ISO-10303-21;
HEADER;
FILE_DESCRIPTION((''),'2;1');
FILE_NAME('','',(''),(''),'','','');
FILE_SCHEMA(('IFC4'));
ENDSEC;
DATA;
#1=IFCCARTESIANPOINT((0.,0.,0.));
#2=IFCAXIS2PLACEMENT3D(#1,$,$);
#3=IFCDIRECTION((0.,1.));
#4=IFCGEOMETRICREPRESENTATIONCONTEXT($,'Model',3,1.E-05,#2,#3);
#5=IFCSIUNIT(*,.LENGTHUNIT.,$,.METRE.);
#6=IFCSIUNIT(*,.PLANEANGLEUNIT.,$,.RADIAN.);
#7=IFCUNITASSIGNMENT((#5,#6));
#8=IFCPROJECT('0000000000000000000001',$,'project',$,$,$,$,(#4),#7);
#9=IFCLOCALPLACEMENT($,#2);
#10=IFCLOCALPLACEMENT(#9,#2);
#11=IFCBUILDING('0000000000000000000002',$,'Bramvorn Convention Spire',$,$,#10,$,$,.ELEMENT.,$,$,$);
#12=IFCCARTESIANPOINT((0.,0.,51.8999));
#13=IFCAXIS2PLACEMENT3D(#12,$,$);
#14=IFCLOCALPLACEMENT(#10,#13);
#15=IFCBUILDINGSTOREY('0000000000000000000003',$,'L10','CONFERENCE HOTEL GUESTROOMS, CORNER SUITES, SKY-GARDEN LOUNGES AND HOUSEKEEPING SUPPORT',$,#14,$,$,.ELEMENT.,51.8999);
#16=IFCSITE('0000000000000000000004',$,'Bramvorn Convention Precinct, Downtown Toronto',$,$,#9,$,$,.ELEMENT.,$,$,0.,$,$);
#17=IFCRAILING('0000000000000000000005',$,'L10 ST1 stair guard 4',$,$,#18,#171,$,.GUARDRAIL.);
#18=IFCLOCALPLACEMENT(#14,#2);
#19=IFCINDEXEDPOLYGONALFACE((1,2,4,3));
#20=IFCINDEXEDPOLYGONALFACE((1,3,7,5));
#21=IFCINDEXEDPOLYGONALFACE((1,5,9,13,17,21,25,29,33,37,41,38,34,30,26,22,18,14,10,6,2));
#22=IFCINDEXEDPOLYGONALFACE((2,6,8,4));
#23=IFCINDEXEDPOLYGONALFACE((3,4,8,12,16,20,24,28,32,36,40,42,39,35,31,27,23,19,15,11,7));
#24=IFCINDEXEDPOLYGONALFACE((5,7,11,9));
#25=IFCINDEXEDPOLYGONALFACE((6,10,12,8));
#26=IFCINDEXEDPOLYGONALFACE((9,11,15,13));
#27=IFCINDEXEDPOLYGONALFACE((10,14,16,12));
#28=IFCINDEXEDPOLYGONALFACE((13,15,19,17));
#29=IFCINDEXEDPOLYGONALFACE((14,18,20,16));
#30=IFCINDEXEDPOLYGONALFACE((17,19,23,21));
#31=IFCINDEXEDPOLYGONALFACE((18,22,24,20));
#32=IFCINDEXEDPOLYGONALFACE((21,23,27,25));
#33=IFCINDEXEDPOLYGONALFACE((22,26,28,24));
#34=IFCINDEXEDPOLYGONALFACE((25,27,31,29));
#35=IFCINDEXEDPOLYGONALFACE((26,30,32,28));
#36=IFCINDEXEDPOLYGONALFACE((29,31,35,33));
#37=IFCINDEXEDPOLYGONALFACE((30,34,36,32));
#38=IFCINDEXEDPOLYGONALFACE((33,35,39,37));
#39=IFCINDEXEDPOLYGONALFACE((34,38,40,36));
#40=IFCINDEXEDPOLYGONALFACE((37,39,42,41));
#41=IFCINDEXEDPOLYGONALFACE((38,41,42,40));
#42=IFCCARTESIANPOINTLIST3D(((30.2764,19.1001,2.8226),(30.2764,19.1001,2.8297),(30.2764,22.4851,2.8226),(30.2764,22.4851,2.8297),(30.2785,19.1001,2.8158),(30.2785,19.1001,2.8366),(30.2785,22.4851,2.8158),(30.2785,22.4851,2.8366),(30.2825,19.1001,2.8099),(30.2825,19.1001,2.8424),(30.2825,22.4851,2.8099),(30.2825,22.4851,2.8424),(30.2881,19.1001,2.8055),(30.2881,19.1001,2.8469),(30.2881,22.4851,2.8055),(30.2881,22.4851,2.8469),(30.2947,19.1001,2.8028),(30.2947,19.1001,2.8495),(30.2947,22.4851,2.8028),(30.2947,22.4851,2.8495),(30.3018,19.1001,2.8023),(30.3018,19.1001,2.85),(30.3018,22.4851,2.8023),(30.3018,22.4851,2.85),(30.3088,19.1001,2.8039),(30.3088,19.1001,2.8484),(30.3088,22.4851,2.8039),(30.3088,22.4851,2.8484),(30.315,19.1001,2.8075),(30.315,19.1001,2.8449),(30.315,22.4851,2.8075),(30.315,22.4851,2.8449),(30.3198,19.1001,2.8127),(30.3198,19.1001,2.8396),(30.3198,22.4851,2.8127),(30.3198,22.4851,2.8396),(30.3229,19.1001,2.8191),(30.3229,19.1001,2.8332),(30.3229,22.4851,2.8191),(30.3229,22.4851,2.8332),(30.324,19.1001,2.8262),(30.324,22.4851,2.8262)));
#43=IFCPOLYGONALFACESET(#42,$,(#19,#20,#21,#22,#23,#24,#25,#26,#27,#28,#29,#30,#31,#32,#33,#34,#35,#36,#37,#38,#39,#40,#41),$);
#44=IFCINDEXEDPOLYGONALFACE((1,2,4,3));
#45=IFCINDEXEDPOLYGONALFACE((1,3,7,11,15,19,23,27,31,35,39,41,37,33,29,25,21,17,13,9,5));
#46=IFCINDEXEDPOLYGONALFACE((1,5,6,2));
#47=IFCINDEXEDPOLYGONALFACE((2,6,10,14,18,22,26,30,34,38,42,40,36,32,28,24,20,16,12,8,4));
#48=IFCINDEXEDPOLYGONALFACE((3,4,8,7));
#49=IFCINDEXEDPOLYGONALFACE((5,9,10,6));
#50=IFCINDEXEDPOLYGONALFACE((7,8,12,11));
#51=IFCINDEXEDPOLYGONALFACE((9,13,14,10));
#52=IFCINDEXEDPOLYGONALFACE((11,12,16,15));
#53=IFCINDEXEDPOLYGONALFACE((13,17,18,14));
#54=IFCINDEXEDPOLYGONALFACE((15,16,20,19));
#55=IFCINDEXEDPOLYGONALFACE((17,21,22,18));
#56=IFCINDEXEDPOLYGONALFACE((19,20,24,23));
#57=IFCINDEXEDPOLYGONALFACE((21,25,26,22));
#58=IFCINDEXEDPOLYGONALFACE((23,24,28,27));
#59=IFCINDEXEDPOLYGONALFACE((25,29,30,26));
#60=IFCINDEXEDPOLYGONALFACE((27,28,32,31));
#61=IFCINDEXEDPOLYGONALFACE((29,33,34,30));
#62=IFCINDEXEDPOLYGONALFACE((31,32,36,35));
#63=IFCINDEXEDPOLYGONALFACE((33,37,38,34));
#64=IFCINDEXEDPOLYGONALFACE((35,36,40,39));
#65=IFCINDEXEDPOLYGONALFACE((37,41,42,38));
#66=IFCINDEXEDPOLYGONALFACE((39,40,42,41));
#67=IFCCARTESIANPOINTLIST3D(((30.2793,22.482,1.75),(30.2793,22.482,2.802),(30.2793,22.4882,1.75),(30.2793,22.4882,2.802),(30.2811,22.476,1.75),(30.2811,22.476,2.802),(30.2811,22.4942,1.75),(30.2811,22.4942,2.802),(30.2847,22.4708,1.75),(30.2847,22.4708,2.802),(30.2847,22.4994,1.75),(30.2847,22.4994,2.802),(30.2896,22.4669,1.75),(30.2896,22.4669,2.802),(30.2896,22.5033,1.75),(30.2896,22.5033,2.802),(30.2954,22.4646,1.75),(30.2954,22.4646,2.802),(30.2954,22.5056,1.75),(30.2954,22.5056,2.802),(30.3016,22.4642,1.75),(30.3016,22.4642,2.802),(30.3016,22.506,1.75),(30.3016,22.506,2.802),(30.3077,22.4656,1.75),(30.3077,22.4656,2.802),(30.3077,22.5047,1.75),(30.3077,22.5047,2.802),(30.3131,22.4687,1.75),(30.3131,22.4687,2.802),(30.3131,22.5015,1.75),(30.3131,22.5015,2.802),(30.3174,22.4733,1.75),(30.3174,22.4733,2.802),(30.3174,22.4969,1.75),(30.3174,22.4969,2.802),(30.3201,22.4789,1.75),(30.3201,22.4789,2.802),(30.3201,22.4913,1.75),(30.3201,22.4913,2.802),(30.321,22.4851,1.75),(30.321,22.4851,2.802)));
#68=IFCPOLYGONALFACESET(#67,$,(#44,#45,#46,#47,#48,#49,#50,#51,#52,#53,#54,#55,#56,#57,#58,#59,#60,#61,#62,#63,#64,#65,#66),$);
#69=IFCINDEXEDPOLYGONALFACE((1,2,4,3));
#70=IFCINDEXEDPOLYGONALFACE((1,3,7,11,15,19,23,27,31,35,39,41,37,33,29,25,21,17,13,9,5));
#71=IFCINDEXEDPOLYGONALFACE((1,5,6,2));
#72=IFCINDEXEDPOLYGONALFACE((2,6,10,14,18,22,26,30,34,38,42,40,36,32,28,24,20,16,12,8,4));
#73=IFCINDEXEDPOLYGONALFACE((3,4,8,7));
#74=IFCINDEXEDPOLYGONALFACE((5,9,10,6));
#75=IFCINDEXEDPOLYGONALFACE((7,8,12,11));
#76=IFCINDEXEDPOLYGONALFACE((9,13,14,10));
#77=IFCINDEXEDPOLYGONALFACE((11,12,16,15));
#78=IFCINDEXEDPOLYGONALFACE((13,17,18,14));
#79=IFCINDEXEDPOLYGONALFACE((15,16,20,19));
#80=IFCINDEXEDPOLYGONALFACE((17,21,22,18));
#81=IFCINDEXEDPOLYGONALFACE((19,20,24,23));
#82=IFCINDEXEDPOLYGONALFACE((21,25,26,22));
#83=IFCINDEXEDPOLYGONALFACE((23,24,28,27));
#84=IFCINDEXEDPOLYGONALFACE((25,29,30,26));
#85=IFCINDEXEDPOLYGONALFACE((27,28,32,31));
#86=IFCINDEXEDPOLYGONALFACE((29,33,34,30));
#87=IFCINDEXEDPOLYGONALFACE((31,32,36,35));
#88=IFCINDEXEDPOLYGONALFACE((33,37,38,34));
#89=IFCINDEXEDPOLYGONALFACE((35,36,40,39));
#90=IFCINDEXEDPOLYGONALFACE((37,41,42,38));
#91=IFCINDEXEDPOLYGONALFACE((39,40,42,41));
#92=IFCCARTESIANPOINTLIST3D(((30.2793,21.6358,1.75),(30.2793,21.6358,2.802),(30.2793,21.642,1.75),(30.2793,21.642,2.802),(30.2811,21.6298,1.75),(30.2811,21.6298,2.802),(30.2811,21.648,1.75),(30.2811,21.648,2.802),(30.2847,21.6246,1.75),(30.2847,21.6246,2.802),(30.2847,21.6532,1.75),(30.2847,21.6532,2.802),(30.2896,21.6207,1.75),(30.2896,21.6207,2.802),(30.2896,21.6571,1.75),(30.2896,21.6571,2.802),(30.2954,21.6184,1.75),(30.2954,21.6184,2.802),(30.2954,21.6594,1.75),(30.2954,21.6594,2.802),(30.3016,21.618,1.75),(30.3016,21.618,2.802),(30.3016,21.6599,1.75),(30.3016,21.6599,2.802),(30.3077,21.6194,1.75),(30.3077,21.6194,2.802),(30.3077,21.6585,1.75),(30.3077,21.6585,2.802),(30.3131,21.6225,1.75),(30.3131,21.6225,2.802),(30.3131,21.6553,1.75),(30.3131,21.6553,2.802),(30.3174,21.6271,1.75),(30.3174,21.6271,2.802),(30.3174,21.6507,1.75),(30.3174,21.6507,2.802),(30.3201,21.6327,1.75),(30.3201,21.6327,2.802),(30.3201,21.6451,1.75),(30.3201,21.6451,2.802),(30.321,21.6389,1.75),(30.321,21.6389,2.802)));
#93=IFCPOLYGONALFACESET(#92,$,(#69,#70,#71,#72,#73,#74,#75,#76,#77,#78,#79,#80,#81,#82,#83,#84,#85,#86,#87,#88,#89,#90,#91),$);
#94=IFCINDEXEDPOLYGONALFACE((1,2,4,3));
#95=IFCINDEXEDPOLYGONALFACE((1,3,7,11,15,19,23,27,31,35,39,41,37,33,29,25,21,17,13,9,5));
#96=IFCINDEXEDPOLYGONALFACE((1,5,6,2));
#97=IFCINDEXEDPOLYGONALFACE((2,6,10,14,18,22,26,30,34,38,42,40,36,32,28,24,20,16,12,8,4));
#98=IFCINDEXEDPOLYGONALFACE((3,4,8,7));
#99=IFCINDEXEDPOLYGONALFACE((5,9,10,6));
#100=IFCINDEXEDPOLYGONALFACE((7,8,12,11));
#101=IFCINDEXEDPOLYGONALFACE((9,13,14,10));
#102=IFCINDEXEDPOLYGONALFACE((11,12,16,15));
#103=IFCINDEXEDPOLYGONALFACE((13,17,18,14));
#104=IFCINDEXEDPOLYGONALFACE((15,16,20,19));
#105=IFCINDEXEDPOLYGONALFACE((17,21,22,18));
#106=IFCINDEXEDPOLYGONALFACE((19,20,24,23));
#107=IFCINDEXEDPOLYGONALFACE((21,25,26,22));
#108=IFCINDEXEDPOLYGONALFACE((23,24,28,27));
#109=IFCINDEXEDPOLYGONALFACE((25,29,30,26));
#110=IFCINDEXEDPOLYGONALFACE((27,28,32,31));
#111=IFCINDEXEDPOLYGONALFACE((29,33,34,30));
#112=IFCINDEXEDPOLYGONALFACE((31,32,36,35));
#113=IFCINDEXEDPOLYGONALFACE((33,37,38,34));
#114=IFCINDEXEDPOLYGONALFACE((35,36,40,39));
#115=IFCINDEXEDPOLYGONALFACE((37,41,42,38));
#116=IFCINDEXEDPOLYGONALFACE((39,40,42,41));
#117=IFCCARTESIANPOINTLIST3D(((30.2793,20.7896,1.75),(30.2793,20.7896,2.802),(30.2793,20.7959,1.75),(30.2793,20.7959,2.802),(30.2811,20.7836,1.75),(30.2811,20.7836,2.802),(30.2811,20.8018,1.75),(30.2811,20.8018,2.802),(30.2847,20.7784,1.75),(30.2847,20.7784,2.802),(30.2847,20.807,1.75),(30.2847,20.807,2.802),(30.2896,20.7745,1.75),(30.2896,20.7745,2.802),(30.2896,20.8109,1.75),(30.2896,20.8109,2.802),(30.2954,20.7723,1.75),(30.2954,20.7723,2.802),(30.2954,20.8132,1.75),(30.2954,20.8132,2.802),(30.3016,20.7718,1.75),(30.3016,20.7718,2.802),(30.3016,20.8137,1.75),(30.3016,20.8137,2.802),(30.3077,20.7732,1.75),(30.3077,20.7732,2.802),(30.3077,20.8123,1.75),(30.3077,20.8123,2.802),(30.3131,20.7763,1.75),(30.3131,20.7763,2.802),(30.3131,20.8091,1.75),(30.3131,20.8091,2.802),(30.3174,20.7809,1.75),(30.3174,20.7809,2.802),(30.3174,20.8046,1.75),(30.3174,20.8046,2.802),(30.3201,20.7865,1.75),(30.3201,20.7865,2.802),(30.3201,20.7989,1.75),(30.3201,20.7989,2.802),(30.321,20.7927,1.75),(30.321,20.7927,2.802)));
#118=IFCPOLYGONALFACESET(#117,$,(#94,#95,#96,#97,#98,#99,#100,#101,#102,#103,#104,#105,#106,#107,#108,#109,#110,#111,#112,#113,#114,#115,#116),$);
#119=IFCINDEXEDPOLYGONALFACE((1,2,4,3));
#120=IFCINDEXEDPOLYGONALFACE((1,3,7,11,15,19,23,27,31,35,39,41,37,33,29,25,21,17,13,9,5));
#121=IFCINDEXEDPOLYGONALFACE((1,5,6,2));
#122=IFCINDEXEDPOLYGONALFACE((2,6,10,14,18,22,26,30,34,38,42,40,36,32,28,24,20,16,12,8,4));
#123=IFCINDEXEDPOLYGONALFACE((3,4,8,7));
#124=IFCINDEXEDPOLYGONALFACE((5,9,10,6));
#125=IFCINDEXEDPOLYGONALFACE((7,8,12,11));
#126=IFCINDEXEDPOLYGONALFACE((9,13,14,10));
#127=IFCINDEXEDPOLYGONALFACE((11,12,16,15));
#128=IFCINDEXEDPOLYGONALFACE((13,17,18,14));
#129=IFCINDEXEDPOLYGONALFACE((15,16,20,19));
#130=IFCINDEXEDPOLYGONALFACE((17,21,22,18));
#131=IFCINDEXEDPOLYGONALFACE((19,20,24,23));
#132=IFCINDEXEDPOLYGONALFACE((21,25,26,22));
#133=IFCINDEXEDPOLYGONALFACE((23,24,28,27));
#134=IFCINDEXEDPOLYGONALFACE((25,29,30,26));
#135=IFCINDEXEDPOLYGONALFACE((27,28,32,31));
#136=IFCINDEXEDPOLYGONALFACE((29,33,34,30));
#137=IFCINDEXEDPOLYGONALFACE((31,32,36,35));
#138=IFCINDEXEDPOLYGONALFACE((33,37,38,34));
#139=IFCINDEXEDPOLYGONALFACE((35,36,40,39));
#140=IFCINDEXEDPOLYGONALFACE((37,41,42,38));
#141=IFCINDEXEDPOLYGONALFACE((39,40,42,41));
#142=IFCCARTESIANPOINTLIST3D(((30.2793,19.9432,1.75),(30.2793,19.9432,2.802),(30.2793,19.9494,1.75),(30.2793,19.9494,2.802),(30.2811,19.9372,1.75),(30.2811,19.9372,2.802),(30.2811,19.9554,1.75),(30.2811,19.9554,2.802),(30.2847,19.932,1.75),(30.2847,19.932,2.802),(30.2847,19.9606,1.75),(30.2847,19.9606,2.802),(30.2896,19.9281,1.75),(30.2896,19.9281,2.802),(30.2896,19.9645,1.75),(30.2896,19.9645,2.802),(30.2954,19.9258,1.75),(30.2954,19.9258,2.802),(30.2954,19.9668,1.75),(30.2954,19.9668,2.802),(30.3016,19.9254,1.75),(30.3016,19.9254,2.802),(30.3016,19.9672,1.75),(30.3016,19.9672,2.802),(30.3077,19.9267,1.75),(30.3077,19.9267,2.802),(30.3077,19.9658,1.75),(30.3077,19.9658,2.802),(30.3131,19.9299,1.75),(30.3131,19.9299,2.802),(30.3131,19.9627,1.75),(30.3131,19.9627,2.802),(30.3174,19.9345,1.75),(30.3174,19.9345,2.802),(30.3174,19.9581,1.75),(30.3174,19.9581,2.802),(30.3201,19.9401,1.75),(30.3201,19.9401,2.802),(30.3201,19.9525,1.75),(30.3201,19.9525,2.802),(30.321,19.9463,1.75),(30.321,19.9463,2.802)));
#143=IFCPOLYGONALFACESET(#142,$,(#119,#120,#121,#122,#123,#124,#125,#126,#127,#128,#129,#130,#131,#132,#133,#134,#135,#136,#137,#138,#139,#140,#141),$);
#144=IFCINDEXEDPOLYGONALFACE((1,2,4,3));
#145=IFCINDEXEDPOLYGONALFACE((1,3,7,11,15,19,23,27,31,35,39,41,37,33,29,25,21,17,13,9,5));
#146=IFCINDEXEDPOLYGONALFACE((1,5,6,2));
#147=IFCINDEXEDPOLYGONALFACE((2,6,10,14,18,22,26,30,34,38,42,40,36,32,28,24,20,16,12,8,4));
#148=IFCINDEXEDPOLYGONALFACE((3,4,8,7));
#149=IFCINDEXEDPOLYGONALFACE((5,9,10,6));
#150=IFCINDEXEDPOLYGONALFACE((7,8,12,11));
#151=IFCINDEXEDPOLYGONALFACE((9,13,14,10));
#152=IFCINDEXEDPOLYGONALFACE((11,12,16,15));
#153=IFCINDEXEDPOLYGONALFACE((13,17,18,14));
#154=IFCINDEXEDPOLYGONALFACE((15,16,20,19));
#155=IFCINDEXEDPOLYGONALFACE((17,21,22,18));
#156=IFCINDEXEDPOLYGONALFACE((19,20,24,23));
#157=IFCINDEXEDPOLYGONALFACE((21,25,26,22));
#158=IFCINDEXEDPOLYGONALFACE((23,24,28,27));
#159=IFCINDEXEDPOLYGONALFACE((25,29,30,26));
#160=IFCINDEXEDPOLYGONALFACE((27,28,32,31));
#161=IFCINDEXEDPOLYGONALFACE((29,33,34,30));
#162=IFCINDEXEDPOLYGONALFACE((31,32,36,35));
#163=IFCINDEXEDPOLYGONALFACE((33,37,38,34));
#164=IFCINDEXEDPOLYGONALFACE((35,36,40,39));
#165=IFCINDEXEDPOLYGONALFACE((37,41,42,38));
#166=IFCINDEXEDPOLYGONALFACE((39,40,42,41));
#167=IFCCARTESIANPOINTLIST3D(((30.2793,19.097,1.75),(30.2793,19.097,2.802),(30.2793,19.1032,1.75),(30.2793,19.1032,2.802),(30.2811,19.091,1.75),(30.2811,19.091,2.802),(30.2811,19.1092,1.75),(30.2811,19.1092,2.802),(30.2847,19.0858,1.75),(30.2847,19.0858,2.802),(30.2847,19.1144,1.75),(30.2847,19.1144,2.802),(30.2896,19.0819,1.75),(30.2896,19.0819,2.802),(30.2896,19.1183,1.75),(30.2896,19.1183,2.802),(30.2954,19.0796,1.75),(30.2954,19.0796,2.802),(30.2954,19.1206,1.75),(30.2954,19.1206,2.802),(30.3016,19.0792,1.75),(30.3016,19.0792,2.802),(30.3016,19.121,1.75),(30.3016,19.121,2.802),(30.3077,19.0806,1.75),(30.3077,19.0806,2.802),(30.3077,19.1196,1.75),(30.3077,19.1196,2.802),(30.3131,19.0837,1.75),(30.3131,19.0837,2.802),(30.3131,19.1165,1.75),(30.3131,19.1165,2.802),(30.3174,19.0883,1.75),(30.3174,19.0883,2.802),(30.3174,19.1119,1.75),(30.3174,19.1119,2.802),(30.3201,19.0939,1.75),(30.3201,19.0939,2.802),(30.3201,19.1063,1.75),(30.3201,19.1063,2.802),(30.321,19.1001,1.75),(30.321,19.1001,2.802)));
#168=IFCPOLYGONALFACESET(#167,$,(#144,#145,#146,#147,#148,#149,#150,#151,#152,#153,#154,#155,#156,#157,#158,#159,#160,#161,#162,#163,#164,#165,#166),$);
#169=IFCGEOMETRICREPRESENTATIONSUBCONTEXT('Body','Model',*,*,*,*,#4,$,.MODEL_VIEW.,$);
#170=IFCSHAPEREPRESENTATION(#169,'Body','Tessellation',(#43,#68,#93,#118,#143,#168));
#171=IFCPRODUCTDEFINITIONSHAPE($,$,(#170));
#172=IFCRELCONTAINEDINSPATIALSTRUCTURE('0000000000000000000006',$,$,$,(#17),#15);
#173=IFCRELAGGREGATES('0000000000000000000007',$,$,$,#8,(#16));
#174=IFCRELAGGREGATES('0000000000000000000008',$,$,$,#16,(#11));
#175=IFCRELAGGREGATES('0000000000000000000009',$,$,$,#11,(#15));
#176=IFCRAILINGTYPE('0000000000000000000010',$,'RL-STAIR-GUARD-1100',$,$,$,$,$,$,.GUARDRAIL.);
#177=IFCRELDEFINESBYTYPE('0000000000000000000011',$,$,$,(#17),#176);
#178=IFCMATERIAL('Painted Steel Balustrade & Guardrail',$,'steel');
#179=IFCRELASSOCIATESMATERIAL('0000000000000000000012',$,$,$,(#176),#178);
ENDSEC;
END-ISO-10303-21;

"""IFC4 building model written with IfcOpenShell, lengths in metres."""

from ifc_helpers import new_model, si_unit, direction, frame, origin, origin_2d, place, context, subcontext, project, spatial, circle, extrude, material, type_object, element, save


model = new_model("IFC4")

# Units and contexts
model_context = context("Model", 3, precision=1e-05, world=origin(), true_north=direction((0.0, 1.0)))
body_context = subcontext(model_context, "Body", "Model", "MODEL_VIEW")
ifc_project = project(units=[si_unit("LENGTHUNIT", "METRE"), si_unit("PLANEANGLEUNIT", "RADIAN")], contexts=[model_context])

# Site, building, storey
site_placement = place(None, origin())
site = spatial("IfcSite", under=ifc_project, at=site_placement, Name="Bramvorn Convention Precinct, Downtown Toronto", CompositionType="ELEMENT", RefElevation=0.0)
building_placement = place(site_placement, origin())
building = spatial("IfcBuilding", under=site, at=building_placement, Name="Bramvorn Convention Spire", CompositionType="ELEMENT")
storey_placement = place(building_placement, frame((0.0, 0.0, 51.8999)))
storey = spatial("IfcBuildingStorey", under=building, at=storey_placement, Name="L10", Description="CONFERENCE HOTEL GUESTROOMS, CORNER SUITES, SKY-GARDEN LOUNGES AND HOUSEKEEPING SUPPORT", CompositionType="ELEMENT", Elevation=51.8999)

# Railing
ifc_material_1 = material(Name="Painted Steel Balustrade & Guardrail", Category="steel")
railing_type_1 = type_object("IfcRailingType", Name="RL-STAIR-GUARD-1100", PredefinedType="GUARDRAIL", material=ifc_material_1)
for number, where, name in (
    (1, (30.3, 22.4851, 1.75), "L10 ST1 stair guard 4"),
):
    element("IfcRailing", number, at=place(storey_placement, frame(where)), inside=storey, type_object=railing_type_1, Name=name, PredefinedType="GUARDRAIL", context=body_context, shape_type="SweptSolid", body=[
        extrude(circle(Radius=0.0239, at=origin_2d()), frame((0.0, 0.0, 1.0762), z_axis=(0.0, -1.0, 0.0), x_axis=(1.0, 0.0, 0.0)), (0.0, 0.0, 1.0), 3.385),
        extrude(circle(Radius=0.021, at=origin_2d()), origin(), (0.0, 0.0, 1.0), 1.052),
        extrude(circle(Radius=0.021, at=origin_2d()), frame((0.0, -0.8462, 0.0)), (0.0, 0.0, 1.0), 1.052),
        extrude(circle(Radius=0.021, at=origin_2d()), frame((0.0, -1.6924, 0.0)), (0.0, 0.0, 1.0), 1.052),
        extrude(circle(Radius=0.021, at=origin_2d()), frame((0.0, -2.5388, 0.0)), (0.0, 0.0, 1.0), 1.052),
        extrude(circle(Radius=0.021, at=origin_2d()), frame((0.0, -3.385, 0.0)), (0.0, 0.0, 1.0), 1.052),
    ])

save(model, "model.ifc")
